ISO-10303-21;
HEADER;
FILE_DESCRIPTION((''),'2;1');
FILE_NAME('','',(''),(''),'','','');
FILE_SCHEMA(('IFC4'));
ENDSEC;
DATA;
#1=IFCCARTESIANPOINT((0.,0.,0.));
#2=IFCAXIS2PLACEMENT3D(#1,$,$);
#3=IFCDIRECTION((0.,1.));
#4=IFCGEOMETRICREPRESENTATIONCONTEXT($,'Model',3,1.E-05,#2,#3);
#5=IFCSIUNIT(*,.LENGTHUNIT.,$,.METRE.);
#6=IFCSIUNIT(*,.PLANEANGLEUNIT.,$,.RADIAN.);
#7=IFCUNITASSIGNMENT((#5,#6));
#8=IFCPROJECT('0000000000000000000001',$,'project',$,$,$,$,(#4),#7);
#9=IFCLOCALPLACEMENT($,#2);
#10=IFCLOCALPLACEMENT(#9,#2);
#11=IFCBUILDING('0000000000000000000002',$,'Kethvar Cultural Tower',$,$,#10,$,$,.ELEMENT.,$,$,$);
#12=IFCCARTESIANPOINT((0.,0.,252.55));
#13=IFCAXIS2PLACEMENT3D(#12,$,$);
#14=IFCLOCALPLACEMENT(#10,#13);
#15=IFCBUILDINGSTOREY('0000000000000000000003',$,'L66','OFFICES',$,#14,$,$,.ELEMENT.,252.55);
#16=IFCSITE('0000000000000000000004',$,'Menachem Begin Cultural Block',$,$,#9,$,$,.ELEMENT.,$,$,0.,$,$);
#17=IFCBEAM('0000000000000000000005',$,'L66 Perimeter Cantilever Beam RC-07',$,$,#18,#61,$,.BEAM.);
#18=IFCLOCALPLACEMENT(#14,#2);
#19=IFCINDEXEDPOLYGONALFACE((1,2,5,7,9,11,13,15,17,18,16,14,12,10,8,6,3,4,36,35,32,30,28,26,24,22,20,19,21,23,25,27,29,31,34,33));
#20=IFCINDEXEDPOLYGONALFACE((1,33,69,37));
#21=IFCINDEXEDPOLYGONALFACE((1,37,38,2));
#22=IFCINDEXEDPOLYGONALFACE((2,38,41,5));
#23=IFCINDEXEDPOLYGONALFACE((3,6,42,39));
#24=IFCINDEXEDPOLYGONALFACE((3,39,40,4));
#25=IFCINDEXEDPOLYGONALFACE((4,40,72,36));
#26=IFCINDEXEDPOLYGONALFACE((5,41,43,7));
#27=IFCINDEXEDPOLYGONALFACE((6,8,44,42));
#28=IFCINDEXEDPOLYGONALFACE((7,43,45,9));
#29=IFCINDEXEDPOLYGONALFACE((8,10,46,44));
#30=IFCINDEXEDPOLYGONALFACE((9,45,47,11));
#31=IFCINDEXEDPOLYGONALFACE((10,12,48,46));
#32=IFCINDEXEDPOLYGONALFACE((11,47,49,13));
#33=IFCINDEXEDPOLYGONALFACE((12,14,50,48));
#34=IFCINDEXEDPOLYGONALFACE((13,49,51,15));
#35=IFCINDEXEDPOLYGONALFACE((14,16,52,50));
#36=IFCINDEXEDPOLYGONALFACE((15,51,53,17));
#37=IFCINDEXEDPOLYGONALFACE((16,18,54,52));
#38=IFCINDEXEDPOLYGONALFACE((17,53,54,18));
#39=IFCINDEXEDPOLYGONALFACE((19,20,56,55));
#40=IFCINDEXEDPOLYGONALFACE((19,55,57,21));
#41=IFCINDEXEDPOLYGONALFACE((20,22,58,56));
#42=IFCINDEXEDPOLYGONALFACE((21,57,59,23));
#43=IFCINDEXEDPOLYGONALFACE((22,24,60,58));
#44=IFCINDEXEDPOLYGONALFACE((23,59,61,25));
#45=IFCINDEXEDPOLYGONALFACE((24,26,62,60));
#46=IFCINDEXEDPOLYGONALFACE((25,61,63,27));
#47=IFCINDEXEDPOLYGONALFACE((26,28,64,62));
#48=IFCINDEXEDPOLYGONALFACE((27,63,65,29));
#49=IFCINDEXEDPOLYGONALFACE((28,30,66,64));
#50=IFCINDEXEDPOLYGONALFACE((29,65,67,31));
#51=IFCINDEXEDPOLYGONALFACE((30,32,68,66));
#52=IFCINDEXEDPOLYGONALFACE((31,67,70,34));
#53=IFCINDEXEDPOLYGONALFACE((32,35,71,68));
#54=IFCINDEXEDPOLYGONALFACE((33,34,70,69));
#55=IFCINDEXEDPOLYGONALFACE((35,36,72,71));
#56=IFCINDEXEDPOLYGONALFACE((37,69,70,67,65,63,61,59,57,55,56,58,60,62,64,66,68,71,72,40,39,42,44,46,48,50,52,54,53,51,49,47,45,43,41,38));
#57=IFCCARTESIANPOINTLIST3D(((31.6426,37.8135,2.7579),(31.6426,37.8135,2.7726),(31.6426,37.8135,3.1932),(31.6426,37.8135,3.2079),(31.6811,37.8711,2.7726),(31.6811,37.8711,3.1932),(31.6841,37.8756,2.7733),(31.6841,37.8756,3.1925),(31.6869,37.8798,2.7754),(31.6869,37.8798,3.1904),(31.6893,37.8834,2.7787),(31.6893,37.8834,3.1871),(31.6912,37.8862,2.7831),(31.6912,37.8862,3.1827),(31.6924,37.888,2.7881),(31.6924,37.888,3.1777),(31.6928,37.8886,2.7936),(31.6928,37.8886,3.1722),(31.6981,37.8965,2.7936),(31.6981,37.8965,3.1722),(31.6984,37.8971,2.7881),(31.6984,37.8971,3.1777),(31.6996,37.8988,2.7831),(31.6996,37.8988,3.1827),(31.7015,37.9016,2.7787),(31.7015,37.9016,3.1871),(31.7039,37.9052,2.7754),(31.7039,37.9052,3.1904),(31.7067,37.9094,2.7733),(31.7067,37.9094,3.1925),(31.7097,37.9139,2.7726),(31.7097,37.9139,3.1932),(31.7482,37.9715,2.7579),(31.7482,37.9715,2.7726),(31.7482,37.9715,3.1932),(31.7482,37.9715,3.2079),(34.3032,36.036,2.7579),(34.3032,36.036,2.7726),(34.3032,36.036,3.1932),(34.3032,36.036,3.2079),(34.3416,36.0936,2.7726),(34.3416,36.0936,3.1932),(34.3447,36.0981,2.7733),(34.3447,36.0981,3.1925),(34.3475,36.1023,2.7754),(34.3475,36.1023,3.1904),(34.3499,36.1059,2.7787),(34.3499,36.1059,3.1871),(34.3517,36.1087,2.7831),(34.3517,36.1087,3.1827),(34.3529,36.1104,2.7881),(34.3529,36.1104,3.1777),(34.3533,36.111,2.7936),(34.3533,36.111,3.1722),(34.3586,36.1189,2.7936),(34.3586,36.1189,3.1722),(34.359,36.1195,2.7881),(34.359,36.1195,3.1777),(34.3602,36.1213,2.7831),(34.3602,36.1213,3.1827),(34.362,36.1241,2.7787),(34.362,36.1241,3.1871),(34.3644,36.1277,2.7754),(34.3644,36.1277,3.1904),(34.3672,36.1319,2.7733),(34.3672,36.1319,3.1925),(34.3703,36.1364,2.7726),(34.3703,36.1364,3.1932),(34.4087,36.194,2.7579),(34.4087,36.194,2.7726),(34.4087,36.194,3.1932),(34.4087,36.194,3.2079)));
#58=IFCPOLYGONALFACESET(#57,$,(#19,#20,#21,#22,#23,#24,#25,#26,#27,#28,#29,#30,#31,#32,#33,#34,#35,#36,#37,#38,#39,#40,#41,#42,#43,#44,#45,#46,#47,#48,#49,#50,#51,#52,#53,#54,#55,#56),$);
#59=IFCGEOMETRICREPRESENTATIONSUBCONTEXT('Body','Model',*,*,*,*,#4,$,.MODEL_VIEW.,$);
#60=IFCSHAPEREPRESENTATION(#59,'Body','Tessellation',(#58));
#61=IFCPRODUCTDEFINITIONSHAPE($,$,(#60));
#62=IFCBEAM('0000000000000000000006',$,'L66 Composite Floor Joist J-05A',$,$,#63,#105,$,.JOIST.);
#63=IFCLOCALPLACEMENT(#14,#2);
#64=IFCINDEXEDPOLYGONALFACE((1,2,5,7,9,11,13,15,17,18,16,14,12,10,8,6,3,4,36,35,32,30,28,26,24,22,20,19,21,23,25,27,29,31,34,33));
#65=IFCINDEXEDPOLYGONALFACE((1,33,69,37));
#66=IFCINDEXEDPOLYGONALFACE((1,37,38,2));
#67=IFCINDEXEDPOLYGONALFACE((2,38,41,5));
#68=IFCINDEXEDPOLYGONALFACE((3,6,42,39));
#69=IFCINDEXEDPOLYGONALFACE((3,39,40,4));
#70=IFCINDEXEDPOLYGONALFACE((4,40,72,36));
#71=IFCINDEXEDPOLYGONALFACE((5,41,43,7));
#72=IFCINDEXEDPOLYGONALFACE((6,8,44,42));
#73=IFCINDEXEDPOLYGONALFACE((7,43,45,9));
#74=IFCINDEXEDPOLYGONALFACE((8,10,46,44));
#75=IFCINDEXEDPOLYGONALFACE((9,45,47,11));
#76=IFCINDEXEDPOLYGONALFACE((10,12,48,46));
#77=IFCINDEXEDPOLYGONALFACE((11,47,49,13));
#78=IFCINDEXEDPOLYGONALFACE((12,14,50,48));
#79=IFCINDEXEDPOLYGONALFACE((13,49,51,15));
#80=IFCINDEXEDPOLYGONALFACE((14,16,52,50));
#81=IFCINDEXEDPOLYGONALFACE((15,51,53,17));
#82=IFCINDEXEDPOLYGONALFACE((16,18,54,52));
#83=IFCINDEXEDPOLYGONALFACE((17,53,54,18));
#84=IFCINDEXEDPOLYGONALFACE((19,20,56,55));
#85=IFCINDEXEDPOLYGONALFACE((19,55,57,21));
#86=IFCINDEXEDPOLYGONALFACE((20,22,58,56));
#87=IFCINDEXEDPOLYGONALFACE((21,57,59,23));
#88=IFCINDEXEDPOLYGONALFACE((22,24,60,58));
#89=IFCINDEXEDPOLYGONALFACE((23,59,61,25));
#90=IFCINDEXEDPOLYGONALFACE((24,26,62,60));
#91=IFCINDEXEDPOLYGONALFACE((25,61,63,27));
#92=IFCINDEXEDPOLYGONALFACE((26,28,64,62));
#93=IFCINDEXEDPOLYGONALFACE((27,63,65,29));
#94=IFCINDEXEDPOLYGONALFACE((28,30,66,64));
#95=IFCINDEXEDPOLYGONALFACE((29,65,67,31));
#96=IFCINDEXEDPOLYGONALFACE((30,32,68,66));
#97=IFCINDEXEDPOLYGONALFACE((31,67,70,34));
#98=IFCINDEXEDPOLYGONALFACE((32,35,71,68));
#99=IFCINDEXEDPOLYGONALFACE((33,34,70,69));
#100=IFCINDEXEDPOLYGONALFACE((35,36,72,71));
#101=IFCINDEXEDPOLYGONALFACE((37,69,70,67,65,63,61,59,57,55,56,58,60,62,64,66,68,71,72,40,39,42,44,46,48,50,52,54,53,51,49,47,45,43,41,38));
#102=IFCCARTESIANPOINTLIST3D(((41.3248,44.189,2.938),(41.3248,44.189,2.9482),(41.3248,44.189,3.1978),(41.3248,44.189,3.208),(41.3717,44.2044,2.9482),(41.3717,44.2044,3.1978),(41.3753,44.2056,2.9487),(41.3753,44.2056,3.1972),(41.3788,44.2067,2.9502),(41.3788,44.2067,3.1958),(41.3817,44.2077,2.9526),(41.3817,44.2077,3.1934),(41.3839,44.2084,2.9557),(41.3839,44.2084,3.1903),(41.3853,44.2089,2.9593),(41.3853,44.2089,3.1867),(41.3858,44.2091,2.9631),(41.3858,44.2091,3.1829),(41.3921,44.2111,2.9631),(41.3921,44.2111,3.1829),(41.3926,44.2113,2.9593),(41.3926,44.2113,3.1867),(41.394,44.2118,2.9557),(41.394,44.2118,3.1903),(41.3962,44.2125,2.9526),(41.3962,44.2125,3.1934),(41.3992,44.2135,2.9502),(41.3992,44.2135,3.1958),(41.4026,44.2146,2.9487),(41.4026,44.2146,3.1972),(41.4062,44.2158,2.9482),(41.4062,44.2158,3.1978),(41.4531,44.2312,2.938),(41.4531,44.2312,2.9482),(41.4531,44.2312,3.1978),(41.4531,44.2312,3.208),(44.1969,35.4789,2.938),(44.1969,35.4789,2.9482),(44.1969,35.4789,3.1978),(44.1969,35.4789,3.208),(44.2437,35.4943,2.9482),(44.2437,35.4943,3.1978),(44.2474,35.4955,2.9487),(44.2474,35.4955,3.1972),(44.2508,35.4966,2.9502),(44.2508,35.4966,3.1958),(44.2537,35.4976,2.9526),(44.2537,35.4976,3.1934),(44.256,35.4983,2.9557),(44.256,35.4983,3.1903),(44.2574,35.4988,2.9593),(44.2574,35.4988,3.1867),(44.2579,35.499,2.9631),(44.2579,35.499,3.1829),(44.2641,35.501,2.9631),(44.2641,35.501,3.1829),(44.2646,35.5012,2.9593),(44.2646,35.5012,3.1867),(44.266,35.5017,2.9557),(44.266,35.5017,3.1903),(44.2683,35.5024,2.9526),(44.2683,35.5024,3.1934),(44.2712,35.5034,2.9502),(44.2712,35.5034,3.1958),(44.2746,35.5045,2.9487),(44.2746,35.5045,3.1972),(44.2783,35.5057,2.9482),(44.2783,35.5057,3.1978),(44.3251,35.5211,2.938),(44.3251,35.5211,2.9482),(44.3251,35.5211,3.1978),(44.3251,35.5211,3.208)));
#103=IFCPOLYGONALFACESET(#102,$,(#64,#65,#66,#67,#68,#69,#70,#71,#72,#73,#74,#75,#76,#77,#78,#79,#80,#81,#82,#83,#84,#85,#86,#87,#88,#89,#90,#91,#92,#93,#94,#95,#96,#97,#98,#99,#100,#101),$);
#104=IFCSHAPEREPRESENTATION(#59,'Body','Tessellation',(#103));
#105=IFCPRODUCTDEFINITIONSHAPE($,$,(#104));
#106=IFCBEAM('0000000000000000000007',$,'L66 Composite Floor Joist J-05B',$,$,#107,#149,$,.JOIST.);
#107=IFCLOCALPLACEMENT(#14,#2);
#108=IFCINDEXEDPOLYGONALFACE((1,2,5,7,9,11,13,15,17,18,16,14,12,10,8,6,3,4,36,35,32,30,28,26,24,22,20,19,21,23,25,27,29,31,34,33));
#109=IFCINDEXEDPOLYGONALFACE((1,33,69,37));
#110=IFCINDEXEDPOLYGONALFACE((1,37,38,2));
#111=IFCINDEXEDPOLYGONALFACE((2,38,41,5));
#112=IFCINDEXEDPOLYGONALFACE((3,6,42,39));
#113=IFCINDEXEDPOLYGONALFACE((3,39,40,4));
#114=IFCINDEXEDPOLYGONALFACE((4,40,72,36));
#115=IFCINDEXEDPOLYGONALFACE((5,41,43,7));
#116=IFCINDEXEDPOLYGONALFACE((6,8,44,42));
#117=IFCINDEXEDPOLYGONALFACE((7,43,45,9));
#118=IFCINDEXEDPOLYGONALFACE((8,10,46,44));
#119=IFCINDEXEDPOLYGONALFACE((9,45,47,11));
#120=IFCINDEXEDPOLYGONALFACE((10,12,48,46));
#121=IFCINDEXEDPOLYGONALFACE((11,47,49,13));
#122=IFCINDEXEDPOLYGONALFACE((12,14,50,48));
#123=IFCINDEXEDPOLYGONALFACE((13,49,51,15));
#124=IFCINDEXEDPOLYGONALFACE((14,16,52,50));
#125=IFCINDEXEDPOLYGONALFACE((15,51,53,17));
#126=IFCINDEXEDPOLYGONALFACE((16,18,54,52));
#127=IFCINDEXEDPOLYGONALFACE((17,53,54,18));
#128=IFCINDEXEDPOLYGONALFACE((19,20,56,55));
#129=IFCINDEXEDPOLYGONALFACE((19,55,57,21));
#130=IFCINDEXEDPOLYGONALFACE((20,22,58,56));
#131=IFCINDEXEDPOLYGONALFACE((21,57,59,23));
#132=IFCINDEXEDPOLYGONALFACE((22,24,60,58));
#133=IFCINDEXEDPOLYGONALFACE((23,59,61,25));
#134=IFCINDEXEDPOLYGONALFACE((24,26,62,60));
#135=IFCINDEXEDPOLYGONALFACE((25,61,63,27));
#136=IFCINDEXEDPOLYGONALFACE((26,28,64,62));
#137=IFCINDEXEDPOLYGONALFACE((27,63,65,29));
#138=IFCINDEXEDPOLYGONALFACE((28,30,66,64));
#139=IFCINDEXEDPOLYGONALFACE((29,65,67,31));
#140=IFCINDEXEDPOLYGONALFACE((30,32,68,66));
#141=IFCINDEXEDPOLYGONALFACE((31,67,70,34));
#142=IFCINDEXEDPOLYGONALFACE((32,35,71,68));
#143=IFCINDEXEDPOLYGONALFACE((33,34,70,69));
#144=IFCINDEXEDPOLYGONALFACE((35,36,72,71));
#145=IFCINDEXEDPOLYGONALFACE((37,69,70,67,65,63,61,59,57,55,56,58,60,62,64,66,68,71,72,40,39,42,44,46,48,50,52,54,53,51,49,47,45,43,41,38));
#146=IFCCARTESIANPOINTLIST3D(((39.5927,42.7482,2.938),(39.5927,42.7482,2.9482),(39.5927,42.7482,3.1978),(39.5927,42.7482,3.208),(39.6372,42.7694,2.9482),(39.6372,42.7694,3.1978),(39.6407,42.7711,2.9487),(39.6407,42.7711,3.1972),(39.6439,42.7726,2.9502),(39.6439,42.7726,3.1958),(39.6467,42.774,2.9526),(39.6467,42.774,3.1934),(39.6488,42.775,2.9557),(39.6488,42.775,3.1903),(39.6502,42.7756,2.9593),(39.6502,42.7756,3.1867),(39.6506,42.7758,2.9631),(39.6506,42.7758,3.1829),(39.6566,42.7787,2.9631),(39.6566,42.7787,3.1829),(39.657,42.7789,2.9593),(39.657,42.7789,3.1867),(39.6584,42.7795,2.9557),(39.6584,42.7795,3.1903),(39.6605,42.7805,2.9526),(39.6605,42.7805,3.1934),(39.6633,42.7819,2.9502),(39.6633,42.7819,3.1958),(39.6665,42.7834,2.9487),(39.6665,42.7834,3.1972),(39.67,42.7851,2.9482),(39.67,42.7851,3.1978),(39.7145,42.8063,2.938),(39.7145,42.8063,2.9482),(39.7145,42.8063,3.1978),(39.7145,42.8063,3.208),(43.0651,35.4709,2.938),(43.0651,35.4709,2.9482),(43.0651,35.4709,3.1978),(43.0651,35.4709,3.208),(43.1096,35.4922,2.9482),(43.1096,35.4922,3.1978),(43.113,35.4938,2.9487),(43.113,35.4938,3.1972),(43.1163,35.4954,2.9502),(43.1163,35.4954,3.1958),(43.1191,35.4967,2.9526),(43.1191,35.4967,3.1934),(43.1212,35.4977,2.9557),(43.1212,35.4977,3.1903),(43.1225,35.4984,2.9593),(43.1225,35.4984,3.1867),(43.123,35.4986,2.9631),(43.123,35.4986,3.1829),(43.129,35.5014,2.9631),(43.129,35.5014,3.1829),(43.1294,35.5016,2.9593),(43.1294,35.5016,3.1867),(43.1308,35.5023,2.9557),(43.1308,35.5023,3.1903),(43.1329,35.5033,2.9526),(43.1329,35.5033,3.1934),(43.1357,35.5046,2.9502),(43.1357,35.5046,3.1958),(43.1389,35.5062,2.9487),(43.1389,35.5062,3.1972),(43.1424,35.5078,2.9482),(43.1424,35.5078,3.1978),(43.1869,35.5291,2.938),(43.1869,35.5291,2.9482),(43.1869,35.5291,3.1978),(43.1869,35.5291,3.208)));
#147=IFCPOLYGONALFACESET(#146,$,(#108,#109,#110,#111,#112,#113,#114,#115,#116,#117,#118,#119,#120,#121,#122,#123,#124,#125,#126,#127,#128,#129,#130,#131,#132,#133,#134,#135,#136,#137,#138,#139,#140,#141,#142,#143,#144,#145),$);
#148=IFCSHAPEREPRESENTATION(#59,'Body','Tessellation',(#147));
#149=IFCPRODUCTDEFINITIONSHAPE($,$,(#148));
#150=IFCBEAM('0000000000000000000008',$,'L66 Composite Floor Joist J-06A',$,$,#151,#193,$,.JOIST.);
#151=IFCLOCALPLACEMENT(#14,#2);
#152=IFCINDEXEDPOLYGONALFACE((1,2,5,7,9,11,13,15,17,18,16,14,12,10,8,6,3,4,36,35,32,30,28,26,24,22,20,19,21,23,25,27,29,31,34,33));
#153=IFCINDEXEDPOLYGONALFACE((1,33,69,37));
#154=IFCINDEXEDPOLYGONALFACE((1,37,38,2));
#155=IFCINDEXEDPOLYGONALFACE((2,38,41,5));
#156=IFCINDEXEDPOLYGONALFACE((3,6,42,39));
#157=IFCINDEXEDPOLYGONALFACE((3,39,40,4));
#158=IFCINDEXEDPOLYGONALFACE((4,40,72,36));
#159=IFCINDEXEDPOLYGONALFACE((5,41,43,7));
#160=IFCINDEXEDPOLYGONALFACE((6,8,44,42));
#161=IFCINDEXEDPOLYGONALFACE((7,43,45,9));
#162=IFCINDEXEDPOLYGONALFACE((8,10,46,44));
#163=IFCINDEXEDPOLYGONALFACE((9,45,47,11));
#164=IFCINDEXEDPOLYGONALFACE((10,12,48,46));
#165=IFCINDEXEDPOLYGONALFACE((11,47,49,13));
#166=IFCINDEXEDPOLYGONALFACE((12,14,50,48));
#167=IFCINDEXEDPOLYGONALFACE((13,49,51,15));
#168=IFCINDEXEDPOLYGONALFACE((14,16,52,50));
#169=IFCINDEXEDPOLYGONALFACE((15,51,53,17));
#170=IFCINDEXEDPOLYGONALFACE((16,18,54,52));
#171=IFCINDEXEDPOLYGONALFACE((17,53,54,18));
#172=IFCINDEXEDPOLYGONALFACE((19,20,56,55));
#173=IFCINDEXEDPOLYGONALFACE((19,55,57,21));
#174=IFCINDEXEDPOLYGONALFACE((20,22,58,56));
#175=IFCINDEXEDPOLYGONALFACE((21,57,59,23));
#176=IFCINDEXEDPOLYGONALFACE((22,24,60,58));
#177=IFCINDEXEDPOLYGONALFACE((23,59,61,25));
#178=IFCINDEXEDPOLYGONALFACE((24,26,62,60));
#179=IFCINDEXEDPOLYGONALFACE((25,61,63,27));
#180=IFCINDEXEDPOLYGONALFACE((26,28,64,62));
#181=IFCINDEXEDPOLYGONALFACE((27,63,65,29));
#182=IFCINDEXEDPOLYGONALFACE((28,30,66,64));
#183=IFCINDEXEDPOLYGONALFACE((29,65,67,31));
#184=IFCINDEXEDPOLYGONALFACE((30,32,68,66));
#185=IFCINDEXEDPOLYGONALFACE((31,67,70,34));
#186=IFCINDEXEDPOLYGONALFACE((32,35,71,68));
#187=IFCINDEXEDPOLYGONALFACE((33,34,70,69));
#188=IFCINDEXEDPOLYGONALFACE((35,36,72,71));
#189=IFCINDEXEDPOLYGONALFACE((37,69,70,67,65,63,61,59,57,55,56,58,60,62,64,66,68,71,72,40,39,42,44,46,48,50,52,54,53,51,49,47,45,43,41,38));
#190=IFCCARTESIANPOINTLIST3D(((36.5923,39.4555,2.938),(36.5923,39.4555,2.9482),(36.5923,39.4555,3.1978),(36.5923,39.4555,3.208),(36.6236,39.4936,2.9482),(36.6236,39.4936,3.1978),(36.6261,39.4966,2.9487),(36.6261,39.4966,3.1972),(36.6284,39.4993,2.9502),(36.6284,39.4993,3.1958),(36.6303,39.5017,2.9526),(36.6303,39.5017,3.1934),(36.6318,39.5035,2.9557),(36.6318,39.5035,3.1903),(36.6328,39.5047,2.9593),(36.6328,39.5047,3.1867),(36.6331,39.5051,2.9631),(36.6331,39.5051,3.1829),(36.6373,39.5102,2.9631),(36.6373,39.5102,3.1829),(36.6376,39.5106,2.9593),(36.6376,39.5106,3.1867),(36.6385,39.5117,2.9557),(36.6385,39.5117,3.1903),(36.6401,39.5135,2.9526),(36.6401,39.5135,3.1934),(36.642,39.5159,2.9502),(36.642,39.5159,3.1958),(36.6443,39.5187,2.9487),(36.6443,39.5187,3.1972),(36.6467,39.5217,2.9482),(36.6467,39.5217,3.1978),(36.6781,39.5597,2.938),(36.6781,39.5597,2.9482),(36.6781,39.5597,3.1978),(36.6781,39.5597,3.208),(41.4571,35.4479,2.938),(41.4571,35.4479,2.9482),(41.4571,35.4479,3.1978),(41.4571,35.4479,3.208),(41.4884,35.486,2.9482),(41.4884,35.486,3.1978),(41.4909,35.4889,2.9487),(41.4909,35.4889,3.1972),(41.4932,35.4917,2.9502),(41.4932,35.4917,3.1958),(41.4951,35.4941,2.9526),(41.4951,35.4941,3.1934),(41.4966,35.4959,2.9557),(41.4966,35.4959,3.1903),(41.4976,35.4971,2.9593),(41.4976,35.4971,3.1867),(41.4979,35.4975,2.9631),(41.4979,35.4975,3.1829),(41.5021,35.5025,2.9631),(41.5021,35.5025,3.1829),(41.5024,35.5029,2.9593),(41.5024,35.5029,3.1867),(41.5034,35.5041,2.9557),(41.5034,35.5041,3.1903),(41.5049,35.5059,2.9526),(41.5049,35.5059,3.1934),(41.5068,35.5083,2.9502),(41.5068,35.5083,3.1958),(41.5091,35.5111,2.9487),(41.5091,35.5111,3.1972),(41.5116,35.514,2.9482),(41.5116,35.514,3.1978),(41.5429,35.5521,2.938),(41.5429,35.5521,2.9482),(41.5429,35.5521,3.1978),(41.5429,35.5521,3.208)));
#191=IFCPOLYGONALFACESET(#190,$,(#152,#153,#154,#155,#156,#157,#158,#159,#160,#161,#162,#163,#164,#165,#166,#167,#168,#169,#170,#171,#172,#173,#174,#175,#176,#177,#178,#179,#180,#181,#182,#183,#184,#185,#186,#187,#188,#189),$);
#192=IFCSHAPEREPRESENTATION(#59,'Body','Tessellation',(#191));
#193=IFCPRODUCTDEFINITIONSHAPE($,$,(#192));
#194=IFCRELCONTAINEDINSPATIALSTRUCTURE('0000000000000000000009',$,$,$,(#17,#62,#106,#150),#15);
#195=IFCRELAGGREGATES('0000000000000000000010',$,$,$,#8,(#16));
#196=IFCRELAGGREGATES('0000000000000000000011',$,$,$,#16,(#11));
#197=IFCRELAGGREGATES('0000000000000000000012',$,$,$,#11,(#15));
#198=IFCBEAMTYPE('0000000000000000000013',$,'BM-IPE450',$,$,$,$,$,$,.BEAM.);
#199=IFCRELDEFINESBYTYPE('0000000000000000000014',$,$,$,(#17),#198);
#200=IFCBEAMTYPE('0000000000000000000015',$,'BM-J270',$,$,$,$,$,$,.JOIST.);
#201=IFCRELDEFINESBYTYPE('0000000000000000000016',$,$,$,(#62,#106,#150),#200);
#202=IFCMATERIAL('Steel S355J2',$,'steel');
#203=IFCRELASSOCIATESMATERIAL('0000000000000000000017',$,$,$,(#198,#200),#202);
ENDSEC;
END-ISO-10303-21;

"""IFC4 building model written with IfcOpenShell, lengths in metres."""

from ifc_helpers import new_model, si_unit, direction, frame, origin, origin_2d, place, context, subcontext, project, spatial, i_section, extrude, source, transform, mapped, material, material_profile, profile_set, type_object, element, save


model = new_model("IFC4")

# Units and contexts
model_context = context("Model", 3, precision=1e-05, world=origin(), true_north=direction((0.0, 1.0)))
body_context = subcontext(model_context, "Body", "Model", "MODEL_VIEW")
ifc_project = project(units=[si_unit("LENGTHUNIT", "METRE"), si_unit("PLANEANGLEUNIT", "RADIAN")], contexts=[model_context])

# Site, building, storey
site_placement = place(None, origin())
site = spatial("IfcSite", under=ifc_project, at=site_placement, Name="Menachem Begin Cultural Block", CompositionType="ELEMENT", RefElevation=0.0)
building_placement = place(site_placement, origin())
building = spatial("IfcBuilding", under=site, at=building_placement, Name="Kethvar Cultural Tower", CompositionType="ELEMENT")
storey_placement = place(building_placement, frame((0.0, 0.0, 252.55)))
storey = spatial("IfcBuildingStorey", under=building, at=storey_placement, Name="L66", Description="OFFICES", CompositionType="ELEMENT", Elevation=252.55)

# Beams
ifc_material_1 = material(Name="Steel S355J2", Category="steel")
ifc_material_profile_1 = material_profile(ifc_material_1, i_section(OverallWidth=0.1899, OverallDepth=0.45, WebThickness=0.0095, FlangeThickness=0.0146, FilletRadius=0.021, at=origin_2d()), Name="Steel S355J2 — IPE450")
ifc_profile_set_1 = profile_set([ifc_material_profile_1], Name="Steel S355J2 — IPE450")
beam_type_1 = type_object("IfcBeamType", Name="BM-IPE450", PredefinedType="BEAM", material=ifc_profile_set_1)
shared_shape_1 = source(origin(), body_context, "Body", "SweptSolid", [
    extrude(i_section(OverallWidth=0.1899, OverallDepth=0.45, WebThickness=0.0095, FlangeThickness=0.0146, FilletRadius=0.021, at=origin_2d()), origin(), (0.0, 0.0, 1.0), 3.1997),
])
beam_1_placement = place(storey_placement, frame((34.356, 36.115, 2.9829), z_axis=(-0.831498, 0.555527, 0.0), x_axis=(-0.555527, -0.831498, 0.0)))
element("IfcBeam", 1, at=beam_1_placement, inside=storey, type_object=beam_type_1, Name="L66 Perimeter Cantilever Beam RC-07", PredefinedType="BEAM", context=body_context, shape_type="MappedRepresentation", body=[
    mapped(shared_shape_1, transform((0.0, 0.0, 0.0), scale=1.0)),
])
ifc_material_profile_2 = material_profile(ifc_material_1, i_section(OverallWidth=0.135, OverallDepth=0.27, WebThickness=0.0066, FlangeThickness=0.0103, FilletRadius=0.0149, at=origin_2d()), Name="Steel S355J2 — IPE270")
ifc_profile_set_2 = profile_set([ifc_material_profile_2], Name="Steel S355J2 — IPE270")
beam_type_2 = type_object("IfcBeamType", Name="BM-J270", PredefinedType="JOIST", material=ifc_profile_set_2)
shared_shape_2 = source(origin(), body_context, "Body", "SweptSolid", [
    extrude(i_section(OverallWidth=0.135, OverallDepth=0.27, WebThickness=0.0066, FlangeThickness=0.0103, FilletRadius=0.0149, at=origin_2d()), origin(), (0.0, 0.0, 1.0), 9.1714),
])
beam_2_placement = place(storey_placement, frame((44.261, 35.5, 3.073), z_axis=(-0.313152, 0.949703, 0.0), x_axis=(-0.949703, -0.313152, 0.0)))
element("IfcBeam", 2, at=beam_2_placement, inside=storey, type_object=beam_type_2, Name="L66 Composite Floor Joist J-05A", PredefinedType="JOIST", context=body_context, shape_type="MappedRepresentation", body=[
    mapped(shared_shape_2, transform((0.0, 0.0, 0.0), scale=1.0)),
])
shared_shape_3 = source(origin(), body_context, "Body", "SweptSolid", [
    extrude(i_section(OverallWidth=0.135, OverallDepth=0.27, WebThickness=0.0066, FlangeThickness=0.0103, FilletRadius=0.0149, at=origin_2d()), origin(), (0.0, 0.0, 1.0), 8.0632),
])
beam_3_placement = place(storey_placement, frame((43.126, 35.5, 3.073), z_axis=(-0.430642, 0.902523, 0.0), x_axis=(-0.902523, -0.430642, 0.0)))
element("IfcBeam", 3, at=beam_3_placement, inside=storey, type_object=beam_type_2, Name="L66 Composite Floor Joist J-05B", PredefinedType="JOIST", context=body_context, shape_type="MappedRepresentation", body=[
    mapped(shared_shape_3, transform((0.0, 0.0, 0.0), scale=1.0)),
])
shared_shape_4 = source(origin(), body_context, "Body", "SweptSolid", [
    extrude(i_section(OverallWidth=0.135, OverallDepth=0.27, WebThickness=0.0066, FlangeThickness=0.0103, FilletRadius=0.0149, at=origin_2d()), origin(), (0.0, 0.0, 1.0), 6.303),
])
beam_4_placement = place(storey_placement, frame((41.5, 35.5, 3.073), z_axis=(-0.771828, 0.635831, 0.0), x_axis=(-0.635831, -0.771828, 0.0)))
element("IfcBeam", 4, at=beam_4_placement, inside=storey, type_object=beam_type_2, Name="L66 Composite Floor Joist J-06A", PredefinedType="JOIST", context=body_context, shape_type="MappedRepresentation", body=[
    mapped(shared_shape_4, transform((0.0, 0.0, 0.0), scale=1.0)),
])

save(model, "model.ifc")
